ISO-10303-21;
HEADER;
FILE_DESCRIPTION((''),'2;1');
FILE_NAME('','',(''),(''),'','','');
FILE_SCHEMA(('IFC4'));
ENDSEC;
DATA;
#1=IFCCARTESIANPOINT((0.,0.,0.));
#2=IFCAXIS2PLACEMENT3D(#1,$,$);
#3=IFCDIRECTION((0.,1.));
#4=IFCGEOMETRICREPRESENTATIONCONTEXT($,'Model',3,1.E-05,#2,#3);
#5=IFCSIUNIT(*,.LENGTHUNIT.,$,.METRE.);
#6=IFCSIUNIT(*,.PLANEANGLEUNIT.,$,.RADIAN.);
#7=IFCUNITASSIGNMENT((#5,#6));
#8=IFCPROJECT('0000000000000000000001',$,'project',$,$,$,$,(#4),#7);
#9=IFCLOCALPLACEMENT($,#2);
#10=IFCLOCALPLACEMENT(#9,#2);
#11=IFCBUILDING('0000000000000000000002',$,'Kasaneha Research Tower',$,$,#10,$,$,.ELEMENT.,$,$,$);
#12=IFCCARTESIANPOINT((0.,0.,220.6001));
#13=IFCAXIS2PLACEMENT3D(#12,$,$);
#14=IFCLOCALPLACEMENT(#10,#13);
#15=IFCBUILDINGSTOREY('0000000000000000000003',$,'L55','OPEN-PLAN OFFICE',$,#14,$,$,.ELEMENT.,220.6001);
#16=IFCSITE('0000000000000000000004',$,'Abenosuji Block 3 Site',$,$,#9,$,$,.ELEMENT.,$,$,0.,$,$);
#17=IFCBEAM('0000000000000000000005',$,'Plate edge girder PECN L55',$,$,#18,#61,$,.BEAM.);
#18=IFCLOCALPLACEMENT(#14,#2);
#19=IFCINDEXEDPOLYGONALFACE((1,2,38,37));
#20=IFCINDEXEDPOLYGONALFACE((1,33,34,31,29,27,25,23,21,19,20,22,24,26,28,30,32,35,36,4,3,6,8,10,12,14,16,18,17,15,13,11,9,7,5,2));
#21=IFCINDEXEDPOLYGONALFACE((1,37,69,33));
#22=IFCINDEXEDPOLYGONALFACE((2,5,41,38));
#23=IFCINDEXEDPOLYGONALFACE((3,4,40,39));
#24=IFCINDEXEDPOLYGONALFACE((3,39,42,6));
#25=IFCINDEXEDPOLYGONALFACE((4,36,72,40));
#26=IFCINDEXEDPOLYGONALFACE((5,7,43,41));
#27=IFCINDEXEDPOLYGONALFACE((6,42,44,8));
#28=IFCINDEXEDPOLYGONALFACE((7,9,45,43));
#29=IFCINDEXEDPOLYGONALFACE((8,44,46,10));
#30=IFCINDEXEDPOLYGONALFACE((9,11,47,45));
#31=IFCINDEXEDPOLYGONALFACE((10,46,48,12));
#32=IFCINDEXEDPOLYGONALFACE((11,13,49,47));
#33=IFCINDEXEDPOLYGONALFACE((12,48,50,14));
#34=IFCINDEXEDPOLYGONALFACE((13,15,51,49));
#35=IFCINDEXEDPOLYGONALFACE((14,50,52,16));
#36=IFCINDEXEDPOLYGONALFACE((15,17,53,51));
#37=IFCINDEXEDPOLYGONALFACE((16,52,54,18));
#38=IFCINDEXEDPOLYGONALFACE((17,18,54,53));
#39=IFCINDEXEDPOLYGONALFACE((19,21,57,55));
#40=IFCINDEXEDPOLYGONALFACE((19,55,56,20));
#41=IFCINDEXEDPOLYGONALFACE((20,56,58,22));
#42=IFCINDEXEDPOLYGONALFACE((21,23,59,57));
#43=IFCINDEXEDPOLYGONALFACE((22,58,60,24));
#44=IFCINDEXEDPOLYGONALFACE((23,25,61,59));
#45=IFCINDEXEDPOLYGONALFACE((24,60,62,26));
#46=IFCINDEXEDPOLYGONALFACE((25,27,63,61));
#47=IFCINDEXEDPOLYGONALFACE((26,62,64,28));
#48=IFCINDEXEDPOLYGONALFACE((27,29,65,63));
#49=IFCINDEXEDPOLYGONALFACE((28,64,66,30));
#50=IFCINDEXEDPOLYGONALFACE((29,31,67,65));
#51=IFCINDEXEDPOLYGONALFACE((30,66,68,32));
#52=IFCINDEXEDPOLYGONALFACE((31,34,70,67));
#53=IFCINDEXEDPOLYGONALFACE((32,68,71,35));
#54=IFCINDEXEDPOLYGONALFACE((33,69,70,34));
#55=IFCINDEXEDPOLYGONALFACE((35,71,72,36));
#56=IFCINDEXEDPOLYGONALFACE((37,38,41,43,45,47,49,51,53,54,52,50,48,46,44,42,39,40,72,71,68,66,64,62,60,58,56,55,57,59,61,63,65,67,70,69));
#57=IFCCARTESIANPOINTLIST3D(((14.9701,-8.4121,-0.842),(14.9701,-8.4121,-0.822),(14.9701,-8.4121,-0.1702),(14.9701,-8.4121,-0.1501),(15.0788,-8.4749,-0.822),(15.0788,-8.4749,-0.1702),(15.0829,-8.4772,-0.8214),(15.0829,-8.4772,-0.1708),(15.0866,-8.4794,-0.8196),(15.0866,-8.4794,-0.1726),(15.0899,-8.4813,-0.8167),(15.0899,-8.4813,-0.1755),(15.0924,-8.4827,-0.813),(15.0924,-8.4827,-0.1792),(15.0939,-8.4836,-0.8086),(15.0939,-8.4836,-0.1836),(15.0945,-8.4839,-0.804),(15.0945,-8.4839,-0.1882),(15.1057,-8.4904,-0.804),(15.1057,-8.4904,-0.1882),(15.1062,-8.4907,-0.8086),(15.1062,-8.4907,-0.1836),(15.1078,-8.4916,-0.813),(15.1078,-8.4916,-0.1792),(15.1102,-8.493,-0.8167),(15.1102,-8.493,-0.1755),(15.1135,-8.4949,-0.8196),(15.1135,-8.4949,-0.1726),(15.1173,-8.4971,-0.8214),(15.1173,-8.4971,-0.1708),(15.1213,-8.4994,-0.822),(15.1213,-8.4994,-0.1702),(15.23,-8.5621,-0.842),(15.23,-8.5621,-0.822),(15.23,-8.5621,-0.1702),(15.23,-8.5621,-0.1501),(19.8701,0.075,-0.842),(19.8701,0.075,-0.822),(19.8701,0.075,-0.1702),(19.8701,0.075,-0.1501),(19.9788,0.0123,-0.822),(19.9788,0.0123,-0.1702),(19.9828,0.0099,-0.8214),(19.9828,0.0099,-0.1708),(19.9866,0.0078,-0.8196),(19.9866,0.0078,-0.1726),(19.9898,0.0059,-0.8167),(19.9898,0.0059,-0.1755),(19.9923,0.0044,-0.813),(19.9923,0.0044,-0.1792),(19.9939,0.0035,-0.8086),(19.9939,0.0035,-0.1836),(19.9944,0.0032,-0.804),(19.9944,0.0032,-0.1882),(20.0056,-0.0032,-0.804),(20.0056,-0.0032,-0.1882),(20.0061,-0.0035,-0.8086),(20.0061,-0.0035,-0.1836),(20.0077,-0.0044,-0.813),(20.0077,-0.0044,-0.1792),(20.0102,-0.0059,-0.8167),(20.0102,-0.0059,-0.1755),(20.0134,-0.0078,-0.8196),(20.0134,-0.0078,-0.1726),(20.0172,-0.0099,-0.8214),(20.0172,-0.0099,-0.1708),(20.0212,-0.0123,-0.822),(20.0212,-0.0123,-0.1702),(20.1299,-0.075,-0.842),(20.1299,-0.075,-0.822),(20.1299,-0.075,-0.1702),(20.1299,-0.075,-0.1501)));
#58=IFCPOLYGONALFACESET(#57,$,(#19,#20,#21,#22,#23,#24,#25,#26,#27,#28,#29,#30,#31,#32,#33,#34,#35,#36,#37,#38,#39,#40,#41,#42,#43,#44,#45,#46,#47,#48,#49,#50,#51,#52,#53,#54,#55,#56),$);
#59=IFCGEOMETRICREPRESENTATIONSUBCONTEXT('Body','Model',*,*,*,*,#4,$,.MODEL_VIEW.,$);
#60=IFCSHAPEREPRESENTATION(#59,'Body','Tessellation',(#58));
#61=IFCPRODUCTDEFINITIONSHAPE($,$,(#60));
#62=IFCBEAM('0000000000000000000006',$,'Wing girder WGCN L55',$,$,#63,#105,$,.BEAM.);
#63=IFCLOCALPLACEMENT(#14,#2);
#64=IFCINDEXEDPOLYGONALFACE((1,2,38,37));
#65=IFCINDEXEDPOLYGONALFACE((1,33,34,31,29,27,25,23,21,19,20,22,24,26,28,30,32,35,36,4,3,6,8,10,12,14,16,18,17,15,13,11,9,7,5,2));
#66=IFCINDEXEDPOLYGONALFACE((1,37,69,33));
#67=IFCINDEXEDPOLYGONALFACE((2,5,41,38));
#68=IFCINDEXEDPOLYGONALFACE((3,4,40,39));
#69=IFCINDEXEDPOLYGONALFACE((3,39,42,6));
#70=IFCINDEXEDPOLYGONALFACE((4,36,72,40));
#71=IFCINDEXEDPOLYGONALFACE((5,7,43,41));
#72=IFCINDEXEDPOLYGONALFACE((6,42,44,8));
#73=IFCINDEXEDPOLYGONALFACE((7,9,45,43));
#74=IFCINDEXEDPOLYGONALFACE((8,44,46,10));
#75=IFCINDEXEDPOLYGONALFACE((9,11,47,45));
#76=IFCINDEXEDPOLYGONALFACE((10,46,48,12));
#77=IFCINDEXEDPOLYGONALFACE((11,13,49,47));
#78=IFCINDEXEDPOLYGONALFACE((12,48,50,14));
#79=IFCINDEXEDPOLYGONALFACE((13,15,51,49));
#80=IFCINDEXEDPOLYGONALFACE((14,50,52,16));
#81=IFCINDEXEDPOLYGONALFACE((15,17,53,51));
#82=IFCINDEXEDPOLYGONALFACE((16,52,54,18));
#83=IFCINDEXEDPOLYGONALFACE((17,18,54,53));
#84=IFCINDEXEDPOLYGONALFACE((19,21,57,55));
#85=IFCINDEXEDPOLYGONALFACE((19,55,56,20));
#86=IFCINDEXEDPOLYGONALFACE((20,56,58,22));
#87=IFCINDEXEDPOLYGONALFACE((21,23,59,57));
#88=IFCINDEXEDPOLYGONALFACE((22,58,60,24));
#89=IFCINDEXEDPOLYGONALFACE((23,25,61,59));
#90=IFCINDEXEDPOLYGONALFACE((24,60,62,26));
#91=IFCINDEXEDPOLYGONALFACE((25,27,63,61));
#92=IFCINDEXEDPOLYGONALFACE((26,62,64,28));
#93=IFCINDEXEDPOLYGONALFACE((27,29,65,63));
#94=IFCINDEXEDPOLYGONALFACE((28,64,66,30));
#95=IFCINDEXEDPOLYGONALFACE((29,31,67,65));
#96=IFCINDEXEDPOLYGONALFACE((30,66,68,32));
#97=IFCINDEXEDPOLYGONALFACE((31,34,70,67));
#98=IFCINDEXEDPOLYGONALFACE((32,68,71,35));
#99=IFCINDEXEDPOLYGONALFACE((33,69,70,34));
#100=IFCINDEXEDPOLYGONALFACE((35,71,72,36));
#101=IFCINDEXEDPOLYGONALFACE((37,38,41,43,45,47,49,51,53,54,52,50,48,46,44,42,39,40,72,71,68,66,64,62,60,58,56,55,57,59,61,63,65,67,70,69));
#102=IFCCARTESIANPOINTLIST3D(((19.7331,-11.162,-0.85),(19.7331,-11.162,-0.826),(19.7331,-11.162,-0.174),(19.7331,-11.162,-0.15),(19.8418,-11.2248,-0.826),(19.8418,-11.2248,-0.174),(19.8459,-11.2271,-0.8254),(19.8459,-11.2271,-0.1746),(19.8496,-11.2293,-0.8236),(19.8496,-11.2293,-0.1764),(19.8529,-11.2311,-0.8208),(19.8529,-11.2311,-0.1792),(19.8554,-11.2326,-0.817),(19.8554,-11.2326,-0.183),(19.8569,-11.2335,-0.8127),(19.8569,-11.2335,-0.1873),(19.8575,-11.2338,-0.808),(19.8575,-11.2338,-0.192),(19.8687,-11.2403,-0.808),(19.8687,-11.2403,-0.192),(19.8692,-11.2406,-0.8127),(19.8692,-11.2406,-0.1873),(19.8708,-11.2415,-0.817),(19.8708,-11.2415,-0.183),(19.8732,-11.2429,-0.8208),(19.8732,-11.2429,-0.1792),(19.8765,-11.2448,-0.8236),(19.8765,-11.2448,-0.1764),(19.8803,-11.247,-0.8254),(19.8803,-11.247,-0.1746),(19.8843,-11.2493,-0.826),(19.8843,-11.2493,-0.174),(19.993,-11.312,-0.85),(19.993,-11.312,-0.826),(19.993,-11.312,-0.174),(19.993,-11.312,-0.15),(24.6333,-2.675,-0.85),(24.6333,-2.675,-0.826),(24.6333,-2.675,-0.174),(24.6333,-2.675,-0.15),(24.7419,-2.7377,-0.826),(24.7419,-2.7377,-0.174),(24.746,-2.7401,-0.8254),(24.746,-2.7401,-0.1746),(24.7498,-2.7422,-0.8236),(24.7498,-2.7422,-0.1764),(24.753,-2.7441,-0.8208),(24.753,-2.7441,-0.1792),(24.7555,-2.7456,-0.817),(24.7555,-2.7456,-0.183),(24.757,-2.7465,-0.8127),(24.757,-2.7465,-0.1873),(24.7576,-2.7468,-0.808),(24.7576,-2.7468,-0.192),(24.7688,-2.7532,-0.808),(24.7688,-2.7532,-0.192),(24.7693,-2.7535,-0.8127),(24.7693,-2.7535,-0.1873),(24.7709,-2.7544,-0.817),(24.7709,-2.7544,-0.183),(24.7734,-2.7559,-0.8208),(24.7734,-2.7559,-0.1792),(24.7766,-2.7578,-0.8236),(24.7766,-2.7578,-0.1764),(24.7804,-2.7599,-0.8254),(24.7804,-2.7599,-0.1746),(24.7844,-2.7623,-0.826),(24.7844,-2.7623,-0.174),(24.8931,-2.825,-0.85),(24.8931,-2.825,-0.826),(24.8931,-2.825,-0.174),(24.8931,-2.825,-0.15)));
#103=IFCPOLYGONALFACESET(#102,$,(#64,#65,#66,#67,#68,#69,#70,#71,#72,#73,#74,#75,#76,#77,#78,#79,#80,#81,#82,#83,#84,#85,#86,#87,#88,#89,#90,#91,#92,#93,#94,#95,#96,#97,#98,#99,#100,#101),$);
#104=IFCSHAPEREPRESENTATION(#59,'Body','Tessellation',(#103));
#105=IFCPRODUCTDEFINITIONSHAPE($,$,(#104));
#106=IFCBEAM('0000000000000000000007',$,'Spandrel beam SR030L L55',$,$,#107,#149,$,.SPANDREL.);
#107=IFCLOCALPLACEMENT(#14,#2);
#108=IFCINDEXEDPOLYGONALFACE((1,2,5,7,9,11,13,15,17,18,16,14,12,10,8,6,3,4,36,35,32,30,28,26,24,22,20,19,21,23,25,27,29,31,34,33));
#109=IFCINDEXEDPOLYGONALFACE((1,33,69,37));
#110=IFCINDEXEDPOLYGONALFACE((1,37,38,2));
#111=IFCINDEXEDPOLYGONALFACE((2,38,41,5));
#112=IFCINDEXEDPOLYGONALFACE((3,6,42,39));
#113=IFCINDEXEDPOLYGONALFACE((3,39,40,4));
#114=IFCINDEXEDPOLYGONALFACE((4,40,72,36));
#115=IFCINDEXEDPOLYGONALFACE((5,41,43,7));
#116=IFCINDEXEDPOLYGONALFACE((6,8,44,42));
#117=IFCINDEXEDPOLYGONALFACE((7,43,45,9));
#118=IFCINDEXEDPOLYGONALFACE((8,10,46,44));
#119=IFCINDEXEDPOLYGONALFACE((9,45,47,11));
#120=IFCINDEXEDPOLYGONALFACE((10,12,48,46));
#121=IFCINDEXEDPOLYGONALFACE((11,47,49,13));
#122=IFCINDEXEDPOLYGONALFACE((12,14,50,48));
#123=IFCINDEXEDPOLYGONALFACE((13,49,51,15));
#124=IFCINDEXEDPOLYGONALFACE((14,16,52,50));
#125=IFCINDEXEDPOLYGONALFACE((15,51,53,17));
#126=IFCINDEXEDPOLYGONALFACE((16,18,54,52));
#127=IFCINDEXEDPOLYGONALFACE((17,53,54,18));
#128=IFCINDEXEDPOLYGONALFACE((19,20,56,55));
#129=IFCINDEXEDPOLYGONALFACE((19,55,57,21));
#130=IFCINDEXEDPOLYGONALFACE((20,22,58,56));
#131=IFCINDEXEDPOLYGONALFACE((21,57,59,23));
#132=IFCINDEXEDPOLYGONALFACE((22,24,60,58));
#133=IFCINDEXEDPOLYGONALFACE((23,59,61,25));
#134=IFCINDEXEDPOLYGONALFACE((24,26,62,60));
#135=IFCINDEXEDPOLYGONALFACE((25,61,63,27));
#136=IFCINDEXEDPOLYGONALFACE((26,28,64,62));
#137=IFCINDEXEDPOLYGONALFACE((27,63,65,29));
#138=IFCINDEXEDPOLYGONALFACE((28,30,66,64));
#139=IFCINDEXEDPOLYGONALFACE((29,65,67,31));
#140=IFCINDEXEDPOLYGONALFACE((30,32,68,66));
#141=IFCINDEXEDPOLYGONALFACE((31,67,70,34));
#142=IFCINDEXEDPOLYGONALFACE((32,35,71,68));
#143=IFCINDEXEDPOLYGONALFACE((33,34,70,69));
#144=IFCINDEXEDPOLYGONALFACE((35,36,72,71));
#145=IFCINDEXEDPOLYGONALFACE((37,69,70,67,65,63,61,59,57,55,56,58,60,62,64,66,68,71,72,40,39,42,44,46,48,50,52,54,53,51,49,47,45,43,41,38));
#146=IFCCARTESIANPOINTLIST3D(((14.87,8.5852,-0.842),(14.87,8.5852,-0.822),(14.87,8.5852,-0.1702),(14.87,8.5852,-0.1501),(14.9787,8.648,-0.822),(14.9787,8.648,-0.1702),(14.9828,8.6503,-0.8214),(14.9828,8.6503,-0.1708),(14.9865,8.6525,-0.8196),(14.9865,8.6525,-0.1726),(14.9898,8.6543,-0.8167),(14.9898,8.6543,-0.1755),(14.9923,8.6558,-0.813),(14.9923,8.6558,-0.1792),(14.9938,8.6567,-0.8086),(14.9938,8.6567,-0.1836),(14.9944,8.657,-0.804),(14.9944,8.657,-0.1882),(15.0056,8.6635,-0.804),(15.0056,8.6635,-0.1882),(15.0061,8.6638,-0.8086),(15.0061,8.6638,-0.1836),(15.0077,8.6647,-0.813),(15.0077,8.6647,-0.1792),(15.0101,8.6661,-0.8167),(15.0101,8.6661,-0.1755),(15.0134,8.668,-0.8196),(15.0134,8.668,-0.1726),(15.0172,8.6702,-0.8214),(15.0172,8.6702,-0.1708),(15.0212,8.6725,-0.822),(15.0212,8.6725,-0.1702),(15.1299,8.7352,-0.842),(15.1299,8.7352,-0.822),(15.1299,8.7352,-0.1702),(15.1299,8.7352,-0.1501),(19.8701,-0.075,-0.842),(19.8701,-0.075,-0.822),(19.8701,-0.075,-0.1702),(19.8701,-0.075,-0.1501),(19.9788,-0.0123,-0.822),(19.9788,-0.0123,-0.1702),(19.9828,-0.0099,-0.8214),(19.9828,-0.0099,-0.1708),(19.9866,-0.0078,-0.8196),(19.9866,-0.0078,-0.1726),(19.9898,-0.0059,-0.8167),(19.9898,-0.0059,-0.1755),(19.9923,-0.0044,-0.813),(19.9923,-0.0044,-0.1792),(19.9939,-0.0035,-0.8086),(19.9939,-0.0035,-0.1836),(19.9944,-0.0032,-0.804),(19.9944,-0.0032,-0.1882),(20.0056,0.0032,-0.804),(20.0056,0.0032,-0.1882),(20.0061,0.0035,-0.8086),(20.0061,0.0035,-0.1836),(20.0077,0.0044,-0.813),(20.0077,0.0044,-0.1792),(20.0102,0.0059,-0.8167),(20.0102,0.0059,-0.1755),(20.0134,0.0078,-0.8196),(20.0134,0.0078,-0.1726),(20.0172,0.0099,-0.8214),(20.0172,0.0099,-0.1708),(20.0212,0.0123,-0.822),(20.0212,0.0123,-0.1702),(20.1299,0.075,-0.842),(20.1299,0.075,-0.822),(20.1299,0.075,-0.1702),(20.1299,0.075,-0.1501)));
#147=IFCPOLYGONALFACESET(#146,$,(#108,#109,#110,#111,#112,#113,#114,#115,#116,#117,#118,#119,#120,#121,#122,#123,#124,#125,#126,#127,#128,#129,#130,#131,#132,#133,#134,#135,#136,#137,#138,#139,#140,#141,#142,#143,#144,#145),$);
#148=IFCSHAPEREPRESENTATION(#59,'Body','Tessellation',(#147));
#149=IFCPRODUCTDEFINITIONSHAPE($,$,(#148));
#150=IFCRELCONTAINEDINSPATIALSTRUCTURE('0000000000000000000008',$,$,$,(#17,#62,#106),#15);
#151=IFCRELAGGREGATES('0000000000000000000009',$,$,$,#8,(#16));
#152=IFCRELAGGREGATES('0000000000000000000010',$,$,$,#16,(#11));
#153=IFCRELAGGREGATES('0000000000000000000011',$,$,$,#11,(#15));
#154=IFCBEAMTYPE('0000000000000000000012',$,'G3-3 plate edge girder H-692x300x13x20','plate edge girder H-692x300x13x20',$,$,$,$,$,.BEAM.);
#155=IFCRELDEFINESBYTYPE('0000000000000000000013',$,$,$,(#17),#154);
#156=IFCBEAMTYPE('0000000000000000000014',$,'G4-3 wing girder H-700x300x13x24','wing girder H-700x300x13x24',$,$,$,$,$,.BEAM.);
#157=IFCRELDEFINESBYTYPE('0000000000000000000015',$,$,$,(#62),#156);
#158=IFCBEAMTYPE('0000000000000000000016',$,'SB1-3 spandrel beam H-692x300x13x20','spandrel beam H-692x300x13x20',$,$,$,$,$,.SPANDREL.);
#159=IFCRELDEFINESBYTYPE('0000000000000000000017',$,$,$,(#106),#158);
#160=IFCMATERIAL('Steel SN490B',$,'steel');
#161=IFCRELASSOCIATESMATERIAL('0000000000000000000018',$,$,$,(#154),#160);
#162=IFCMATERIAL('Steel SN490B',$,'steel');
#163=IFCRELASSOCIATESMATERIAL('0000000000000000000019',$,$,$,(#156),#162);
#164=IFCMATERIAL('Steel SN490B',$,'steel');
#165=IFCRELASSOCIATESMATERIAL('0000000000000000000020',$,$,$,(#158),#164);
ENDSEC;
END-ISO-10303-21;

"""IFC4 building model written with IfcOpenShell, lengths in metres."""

from ifc_helpers import new_model, si_unit, direction, frame, origin, origin_2d, place, context, subcontext, project, spatial, i_section, extrude, material, material_profile, profile_set, type_object, element, save


model = new_model("IFC4")

# Units and contexts
model_context = context("Model", 3, precision=1e-05, world=origin(), true_north=direction((0.0, 1.0)))
body_context = subcontext(model_context, "Body", "Model", "MODEL_VIEW")
ifc_project = project(units=[si_unit("LENGTHUNIT", "METRE"), si_unit("PLANEANGLEUNIT", "RADIAN")], contexts=[model_context])

# Site, building, storey
site_placement = place(None, origin())
site = spatial("IfcSite", under=ifc_project, at=site_placement, Name="Abenosuji Block 3 Site", CompositionType="ELEMENT", RefElevation=0.0)
building_placement = place(site_placement, origin())
building = spatial("IfcBuilding", under=site, at=building_placement, Name="Kasaneha Research Tower", CompositionType="ELEMENT")
storey_placement = place(building_placement, frame((0.0, 0.0, 220.6001)))
storey = spatial("IfcBuildingStorey", under=building, at=storey_placement, Name="L55", Description="OPEN-PLAN OFFICE", CompositionType="ELEMENT", Elevation=220.6001)

# Beams
ifc_material_1 = material(Name="Steel SN490B", Category="steel")
ifc_material_profile_1 = material_profile(ifc_material_1, i_section(OverallWidth=0.3, OverallDepth=0.6919, WebThickness=0.0129, FlangeThickness=0.02, FilletRadius=0.0181, at=origin_2d()), Name="H-692x300x13x20")
ifc_profile_set_1 = profile_set([ifc_material_profile_1], Name="Steel SN490B")
beam_type_1 = type_object("IfcBeamType", Name="G3-3 plate edge girder H-692x300x13x20", Description="plate edge girder H-692x300x13x20", PredefinedType="BEAM", material=ifc_profile_set_1)
beam_1_placement = place(storey_placement, frame((20.0, 0.0, -0.4961), z_axis=(-0.499992, -0.86603, 0.0), x_axis=(0.86603, -0.499992, 0.0)))
element("IfcBeam", 1, at=beam_1_placement, inside=storey, type_object=beam_type_1, Name="Plate edge girder PECN L55", PredefinedType="BEAM", context=body_context, shape_type="SweptSolid", body=[
    extrude(i_section(OverallWidth=0.3, OverallDepth=0.6919, WebThickness=0.0129, FlangeThickness=0.02, FilletRadius=0.0181, at=origin_2d()), origin(), (0.0, 0.0, 1.0), 9.8),
])
ifc_material_2 = material(Name="Steel SN490B", Category="steel")
ifc_material_profile_2 = material_profile(ifc_material_2, i_section(OverallWidth=0.3, OverallDepth=0.7, WebThickness=0.0129, FlangeThickness=0.0239, FilletRadius=0.0181, at=origin_2d()), Name="H-700x300x13x24")
ifc_profile_set_2 = profile_set([ifc_material_profile_2], Name="Steel SN490B")
beam_type_2 = type_object("IfcBeamType", Name="G4-3 wing girder H-700x300x13x24", Description="wing girder H-700x300x13x24", PredefinedType="BEAM", material=ifc_profile_set_2)
beam_2_placement = place(storey_placement, frame((24.7632, -2.75, -0.5), z_axis=(-0.500011, -0.866019, 0.0), x_axis=(0.866019, -0.500011, 0.0)))
element("IfcBeam", 2, at=beam_2_placement, inside=storey, type_object=beam_type_2, Name="Wing girder WGCN L55", PredefinedType="BEAM", context=body_context, shape_type="SweptSolid", body=[
    extrude(i_section(OverallWidth=0.3, OverallDepth=0.7, WebThickness=0.0129, FlangeThickness=0.0239, FilletRadius=0.0181, at=origin_2d()), origin(), (0.0, 0.0, 1.0), 9.8),
])
ifc_material_3 = material(Name="Steel SN490B", Category="steel")
ifc_material_profile_3 = material_profile(ifc_material_3, i_section(OverallWidth=0.3, OverallDepth=0.6919, WebThickness=0.0129, FlangeThickness=0.02, FilletRadius=0.0181, at=origin_2d()), Name="H-692x300x13x20")
ifc_profile_set_3 = profile_set([ifc_material_profile_3], Name="Steel SN490B")
beam_type_3 = type_object("IfcBeamType", Name="SB1-3 spandrel beam H-692x300x13x20", Description="spandrel beam H-692x300x13x20", PredefinedType="SPANDREL", material=ifc_profile_set_3)
beam_3_placement = place(storey_placement, frame((20.0, 0.0, -0.4961), z_axis=(-0.500004, 0.866023, 0.0), x_axis=(-0.866023, -0.500004, 0.0)))
element("IfcBeam", 3, at=beam_3_placement, inside=storey, type_object=beam_type_3, Name="Spandrel beam SR030L L55", PredefinedType="SPANDREL", context=body_context, shape_type="SweptSolid", body=[
    extrude(i_section(OverallWidth=0.3, OverallDepth=0.6919, WebThickness=0.0129, FlangeThickness=0.02, FilletRadius=0.0181, at=origin_2d()), origin(), (0.0, 0.0, 1.0), 10.0),
])

save(model, "model.ifc")
